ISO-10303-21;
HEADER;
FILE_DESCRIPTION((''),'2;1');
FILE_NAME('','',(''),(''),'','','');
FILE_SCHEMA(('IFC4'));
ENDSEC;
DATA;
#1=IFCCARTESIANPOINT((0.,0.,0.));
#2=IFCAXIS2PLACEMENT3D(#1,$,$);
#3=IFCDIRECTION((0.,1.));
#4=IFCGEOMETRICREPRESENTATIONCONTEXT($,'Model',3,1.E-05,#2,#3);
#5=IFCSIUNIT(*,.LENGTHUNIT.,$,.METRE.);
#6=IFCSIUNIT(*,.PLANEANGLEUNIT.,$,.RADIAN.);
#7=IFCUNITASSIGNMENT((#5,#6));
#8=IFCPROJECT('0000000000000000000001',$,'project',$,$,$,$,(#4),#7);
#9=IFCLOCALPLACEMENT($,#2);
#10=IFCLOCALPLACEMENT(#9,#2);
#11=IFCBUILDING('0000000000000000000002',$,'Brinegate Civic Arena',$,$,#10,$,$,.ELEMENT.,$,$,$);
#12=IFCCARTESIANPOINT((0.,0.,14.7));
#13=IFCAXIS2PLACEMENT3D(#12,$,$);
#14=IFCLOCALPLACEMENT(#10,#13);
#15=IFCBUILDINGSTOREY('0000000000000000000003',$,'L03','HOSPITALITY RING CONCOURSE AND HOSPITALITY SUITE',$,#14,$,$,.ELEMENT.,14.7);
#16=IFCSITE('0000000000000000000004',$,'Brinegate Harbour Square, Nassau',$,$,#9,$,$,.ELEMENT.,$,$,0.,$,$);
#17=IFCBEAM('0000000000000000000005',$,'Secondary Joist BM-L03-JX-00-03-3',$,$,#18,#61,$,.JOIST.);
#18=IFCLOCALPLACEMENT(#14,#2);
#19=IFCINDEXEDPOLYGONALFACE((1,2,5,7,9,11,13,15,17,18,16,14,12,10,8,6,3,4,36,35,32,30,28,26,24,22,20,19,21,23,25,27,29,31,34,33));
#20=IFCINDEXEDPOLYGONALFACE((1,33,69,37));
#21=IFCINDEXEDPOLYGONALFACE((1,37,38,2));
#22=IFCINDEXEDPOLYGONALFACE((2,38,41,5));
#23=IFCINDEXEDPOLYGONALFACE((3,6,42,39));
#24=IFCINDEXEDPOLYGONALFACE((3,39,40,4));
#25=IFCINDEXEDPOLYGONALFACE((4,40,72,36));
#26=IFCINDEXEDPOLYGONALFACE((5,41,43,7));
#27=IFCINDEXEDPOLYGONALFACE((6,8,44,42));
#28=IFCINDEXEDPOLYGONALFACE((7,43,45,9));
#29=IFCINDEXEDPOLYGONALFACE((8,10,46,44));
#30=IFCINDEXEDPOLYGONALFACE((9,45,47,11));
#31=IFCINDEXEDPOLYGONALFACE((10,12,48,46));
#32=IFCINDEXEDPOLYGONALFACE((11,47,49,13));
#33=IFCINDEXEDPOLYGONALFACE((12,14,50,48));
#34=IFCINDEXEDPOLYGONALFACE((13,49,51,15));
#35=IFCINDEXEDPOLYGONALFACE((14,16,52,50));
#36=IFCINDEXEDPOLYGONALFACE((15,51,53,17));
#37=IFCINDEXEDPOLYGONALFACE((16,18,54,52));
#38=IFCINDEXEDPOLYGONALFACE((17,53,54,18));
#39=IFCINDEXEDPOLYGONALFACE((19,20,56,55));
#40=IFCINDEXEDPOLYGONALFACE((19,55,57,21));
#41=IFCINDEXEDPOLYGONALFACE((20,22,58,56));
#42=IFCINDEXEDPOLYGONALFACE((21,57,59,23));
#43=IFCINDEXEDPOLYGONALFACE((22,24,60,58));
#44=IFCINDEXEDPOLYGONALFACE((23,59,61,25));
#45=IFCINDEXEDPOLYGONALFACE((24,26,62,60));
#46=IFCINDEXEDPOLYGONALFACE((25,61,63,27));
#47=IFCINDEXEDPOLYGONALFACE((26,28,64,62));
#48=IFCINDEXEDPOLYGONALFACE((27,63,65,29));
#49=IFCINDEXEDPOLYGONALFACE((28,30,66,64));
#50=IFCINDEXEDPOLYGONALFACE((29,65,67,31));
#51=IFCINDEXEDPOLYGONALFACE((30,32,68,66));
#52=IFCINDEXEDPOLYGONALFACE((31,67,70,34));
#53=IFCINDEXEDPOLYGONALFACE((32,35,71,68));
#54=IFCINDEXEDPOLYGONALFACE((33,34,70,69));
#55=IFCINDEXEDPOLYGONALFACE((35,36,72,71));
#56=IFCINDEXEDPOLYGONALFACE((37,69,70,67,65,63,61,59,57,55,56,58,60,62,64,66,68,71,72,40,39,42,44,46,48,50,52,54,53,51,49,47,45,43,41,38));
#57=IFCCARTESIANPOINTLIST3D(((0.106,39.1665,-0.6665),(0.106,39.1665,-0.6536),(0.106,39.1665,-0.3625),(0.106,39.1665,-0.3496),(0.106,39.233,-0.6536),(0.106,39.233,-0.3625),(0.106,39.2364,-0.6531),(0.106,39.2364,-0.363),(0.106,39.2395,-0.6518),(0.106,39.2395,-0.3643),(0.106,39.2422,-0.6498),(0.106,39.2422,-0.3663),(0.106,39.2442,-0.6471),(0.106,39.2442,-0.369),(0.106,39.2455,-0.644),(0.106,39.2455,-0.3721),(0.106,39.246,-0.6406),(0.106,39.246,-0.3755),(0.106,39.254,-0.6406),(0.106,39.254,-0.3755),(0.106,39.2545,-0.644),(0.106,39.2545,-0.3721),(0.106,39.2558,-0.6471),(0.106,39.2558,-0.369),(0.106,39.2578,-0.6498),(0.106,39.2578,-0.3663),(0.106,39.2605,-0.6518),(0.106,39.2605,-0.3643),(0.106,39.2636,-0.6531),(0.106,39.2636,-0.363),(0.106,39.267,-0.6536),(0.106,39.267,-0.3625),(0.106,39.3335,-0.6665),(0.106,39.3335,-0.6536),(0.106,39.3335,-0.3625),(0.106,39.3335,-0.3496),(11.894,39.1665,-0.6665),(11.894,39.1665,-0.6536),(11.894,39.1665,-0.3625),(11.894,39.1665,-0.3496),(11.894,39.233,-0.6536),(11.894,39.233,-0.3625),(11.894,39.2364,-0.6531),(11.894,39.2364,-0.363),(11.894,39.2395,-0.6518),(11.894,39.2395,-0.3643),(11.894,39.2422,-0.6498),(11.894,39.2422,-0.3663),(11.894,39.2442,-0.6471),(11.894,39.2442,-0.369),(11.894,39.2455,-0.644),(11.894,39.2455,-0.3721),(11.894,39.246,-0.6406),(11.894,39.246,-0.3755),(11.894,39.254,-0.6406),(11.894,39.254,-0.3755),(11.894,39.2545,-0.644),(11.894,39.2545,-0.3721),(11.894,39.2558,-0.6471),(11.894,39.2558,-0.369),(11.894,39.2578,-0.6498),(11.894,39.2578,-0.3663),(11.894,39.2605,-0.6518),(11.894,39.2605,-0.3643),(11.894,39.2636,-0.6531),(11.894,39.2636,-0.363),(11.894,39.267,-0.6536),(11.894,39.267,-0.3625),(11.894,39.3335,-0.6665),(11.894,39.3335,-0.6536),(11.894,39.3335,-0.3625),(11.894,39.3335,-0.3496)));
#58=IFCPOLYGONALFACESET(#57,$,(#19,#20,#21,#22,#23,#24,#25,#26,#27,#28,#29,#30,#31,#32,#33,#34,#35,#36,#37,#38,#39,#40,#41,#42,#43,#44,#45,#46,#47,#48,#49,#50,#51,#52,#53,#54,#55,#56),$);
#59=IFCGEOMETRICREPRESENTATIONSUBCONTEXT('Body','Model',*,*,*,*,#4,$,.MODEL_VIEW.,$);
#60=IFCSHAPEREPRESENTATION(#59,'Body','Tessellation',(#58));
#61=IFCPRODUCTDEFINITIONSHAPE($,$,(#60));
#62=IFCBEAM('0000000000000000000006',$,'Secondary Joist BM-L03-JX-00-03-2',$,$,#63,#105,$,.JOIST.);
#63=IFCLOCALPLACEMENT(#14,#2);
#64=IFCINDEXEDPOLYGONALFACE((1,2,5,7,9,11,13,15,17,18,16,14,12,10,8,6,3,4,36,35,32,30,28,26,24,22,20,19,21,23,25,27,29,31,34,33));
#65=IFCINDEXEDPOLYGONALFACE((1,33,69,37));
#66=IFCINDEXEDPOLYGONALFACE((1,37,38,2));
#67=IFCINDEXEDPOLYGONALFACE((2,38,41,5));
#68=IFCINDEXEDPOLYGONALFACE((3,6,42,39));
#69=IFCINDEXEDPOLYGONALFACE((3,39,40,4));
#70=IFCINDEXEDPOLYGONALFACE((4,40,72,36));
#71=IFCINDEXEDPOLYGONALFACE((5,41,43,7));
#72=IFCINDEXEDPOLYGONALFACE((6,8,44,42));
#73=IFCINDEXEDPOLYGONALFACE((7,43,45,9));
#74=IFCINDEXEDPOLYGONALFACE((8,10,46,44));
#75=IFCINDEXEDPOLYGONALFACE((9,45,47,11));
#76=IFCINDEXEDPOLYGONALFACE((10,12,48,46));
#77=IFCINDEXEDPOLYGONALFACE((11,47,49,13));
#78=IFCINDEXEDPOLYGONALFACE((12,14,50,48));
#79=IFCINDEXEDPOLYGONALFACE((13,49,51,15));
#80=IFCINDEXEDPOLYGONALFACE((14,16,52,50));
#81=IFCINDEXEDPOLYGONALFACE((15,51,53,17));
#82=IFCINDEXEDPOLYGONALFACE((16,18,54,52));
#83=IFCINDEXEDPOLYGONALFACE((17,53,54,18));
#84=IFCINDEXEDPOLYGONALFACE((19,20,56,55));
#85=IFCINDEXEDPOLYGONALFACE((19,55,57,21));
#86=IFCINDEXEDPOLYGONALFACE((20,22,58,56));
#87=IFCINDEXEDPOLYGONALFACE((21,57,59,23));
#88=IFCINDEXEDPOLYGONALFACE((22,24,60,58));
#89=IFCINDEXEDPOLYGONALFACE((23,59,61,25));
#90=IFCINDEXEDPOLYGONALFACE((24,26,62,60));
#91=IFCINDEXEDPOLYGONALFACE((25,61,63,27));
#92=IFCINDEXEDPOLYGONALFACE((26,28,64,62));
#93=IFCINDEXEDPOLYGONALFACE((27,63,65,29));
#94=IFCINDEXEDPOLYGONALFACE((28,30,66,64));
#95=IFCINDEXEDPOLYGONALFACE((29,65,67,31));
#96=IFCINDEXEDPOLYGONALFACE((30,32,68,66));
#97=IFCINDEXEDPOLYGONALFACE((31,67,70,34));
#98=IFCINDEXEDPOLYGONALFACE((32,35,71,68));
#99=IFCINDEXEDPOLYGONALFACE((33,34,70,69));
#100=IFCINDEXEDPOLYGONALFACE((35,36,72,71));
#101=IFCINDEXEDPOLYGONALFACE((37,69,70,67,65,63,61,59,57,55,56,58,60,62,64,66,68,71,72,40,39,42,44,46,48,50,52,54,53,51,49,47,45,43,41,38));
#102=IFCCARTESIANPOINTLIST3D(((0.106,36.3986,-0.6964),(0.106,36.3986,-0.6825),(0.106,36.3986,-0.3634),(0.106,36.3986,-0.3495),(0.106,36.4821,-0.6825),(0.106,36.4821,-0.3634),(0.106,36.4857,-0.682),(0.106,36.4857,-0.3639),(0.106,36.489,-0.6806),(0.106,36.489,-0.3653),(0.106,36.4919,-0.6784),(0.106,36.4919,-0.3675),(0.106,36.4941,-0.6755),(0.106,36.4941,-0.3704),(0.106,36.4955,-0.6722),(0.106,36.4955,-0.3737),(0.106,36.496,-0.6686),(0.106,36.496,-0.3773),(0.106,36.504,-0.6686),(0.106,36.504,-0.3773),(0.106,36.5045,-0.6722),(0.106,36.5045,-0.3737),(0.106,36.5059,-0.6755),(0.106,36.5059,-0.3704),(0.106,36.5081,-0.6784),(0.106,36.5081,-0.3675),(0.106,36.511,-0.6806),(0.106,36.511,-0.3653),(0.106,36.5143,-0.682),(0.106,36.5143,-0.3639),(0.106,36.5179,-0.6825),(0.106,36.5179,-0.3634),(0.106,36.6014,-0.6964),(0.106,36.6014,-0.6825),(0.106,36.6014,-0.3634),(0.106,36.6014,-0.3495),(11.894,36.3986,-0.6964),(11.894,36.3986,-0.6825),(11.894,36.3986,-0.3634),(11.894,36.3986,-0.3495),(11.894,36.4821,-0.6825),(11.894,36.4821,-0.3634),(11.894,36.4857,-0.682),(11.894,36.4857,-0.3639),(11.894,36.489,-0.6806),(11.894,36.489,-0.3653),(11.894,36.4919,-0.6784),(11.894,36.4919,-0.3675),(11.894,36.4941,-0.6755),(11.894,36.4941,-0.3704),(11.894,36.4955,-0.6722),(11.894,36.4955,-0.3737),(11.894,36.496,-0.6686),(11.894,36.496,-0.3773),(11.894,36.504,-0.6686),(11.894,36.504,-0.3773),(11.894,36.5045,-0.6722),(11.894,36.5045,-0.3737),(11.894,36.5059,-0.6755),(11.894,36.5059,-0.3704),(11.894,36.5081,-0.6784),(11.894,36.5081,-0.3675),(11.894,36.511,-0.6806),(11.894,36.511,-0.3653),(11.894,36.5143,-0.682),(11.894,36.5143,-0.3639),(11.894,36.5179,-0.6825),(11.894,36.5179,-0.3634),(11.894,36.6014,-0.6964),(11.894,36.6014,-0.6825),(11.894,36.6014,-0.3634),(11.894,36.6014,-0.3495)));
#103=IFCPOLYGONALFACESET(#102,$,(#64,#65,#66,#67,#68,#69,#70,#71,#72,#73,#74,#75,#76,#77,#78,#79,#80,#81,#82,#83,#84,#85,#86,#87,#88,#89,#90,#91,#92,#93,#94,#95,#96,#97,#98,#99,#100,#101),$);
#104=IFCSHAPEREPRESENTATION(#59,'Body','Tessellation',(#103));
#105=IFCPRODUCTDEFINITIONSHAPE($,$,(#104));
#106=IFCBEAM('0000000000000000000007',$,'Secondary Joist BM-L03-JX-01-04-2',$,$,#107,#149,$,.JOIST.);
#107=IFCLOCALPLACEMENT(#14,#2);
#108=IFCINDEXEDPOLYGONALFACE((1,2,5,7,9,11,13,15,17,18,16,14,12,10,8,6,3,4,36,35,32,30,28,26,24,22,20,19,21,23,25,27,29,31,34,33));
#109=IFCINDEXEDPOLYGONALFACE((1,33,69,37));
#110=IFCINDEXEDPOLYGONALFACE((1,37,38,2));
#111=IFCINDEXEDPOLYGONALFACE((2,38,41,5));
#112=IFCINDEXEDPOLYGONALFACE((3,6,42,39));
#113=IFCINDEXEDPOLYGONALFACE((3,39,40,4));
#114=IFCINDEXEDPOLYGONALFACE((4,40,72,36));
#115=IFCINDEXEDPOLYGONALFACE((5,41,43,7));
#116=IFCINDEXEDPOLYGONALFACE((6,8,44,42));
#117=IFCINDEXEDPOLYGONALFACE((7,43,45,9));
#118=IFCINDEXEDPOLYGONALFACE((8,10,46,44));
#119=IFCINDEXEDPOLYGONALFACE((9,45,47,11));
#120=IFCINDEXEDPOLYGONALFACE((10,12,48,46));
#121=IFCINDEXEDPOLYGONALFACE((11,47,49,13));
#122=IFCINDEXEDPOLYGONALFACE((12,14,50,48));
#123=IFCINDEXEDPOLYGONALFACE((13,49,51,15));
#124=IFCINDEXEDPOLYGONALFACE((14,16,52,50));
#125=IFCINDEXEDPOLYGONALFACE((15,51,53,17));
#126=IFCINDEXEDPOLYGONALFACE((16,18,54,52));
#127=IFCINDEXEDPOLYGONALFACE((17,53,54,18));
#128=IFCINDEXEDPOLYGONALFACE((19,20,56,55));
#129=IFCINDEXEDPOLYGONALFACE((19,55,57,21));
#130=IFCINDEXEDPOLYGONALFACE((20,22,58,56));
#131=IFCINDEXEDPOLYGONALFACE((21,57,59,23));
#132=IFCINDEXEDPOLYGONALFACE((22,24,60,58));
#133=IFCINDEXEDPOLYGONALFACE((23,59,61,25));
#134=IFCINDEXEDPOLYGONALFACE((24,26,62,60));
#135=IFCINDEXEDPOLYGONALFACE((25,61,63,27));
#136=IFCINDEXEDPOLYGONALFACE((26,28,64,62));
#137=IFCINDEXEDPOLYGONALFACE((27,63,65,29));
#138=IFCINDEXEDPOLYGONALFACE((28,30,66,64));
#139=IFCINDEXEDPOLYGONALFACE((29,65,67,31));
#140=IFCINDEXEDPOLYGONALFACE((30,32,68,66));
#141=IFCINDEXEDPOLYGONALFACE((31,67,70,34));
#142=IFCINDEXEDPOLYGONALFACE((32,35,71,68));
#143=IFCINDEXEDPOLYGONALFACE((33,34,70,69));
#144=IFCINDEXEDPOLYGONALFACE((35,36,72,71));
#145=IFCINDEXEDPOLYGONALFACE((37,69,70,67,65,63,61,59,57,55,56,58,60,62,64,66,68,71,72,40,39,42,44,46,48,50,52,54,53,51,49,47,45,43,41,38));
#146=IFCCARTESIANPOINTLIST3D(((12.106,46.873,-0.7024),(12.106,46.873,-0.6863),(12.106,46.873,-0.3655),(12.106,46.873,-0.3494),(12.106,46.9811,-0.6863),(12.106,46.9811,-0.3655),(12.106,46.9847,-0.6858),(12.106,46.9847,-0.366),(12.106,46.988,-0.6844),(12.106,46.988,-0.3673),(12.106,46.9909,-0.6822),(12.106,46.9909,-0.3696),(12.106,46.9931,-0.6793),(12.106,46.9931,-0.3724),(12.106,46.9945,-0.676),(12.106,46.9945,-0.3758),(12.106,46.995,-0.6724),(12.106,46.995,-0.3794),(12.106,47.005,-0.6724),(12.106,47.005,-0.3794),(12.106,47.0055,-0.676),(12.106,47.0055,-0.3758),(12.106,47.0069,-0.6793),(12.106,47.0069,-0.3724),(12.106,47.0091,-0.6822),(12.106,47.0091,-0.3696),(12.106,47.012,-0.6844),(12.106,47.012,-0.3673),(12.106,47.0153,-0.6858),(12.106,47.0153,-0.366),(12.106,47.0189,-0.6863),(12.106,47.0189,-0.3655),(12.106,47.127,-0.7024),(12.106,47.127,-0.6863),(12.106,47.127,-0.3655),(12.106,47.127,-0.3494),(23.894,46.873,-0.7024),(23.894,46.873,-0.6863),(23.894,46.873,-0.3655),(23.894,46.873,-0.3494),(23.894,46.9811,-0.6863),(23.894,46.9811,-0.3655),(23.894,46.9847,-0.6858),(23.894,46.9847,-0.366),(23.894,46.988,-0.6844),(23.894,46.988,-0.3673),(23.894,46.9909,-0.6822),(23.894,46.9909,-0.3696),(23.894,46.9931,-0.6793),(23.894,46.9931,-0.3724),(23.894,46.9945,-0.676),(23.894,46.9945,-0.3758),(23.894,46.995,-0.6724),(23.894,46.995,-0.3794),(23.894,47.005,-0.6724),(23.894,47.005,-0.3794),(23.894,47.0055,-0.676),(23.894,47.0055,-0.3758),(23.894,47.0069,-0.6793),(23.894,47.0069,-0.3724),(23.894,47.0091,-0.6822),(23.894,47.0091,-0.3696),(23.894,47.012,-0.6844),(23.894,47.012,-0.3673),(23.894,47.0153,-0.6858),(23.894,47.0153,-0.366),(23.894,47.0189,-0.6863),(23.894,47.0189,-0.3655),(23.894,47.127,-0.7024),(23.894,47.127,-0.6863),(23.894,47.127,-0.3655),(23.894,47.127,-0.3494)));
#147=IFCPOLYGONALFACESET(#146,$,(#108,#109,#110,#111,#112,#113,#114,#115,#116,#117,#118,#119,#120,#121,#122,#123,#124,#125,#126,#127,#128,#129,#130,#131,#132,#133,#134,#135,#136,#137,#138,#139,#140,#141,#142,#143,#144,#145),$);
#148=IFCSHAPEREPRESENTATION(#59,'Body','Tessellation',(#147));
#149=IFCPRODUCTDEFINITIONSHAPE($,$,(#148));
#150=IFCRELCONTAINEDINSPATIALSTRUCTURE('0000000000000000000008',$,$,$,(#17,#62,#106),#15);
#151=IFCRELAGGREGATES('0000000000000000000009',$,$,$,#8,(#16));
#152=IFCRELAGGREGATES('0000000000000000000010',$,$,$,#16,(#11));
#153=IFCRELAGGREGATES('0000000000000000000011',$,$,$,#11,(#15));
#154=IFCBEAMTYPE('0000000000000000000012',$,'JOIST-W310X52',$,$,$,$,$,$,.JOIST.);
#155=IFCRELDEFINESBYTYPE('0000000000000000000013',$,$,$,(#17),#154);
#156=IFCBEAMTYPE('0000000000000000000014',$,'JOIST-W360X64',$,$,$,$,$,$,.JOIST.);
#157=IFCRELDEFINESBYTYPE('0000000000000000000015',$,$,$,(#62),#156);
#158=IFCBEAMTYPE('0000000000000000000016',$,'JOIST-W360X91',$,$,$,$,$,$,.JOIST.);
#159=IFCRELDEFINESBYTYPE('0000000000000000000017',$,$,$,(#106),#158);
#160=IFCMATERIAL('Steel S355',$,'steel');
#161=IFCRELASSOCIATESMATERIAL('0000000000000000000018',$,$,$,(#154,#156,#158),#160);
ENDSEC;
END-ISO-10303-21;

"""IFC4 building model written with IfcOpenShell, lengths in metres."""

from ifc_helpers import new_model, si_unit, direction, frame, origin, origin_2d, place, context, subcontext, project, spatial, i_section, extrude, material, material_profile, profile_set, type_object, element, save


model = new_model("IFC4")

# Units and contexts
model_context = context("Model", 3, precision=1e-05, world=origin(), true_north=direction((0.0, 1.0)))
body_context = subcontext(model_context, "Body", "Model", "MODEL_VIEW")
ifc_project = project(units=[si_unit("LENGTHUNIT", "METRE"), si_unit("PLANEANGLEUNIT", "RADIAN")], contexts=[model_context])

# Site, building, storey
site_placement = place(None, origin())
site = spatial("IfcSite", under=ifc_project, at=site_placement, Name="Brinegate Harbour Square, Nassau", CompositionType="ELEMENT", RefElevation=0.0)
building_placement = place(site_placement, origin())
building = spatial("IfcBuilding", under=site, at=building_placement, Name="Brinegate Civic Arena", CompositionType="ELEMENT")
storey_placement = place(building_placement, frame((0.0, 0.0, 14.7)))
storey = spatial("IfcBuildingStorey", under=building, at=storey_placement, Name="L03", Description="HOSPITALITY RING CONCOURSE AND HOSPITALITY SUITE", CompositionType="ELEMENT", Elevation=14.7)

# Beams
ifc_material_1 = material(Name="Steel S355", Category="steel")
ifc_material_profile_1 = material_profile(ifc_material_1, i_section(OverallWidth=0.167, OverallDepth=0.3169, WebThickness=0.0081, FlangeThickness=0.0129, FilletRadius=0.0129, at=origin_2d()), Name="W310X52")
ifc_profile_set_1 = profile_set([ifc_material_profile_1], Name="Steel S355")
beam_type_1 = type_object("IfcBeamType", Name="JOIST-W310X52", PredefinedType="JOIST", material=ifc_profile_set_1)
beam_1_placement = place(storey_placement, frame((0.106, 39.25, -0.5081), z_axis=(1.0, 0.0, 0.0), x_axis=(0.0, 1.0, 0.0)))
element("IfcBeam", 1, at=beam_1_placement, inside=storey, type_object=beam_type_1, Name="Secondary Joist BM-L03-JX-00-03-3", PredefinedType="JOIST", context=body_context, shape_type="SweptSolid", body=[
    extrude(i_section(OverallWidth=0.167, OverallDepth=0.3169, WebThickness=0.0081, FlangeThickness=0.0129, FilletRadius=0.0129, at=origin_2d()), origin(), (0.0, 0.0, 1.0), 11.7881),
])
ifc_material_profile_2 = material_profile(ifc_material_1, i_section(OverallWidth=0.2029, OverallDepth=0.3469, WebThickness=0.0081, FlangeThickness=0.0139, FilletRadius=0.0139, at=origin_2d()), Name="W360X64")
ifc_profile_set_2 = profile_set([ifc_material_profile_2], Name="Steel S355")
beam_type_2 = type_object("IfcBeamType", Name="JOIST-W360X64", PredefinedType="JOIST", material=ifc_profile_set_2)
beam_2_placement = place(storey_placement, frame((0.106, 36.5, -0.5229), z_axis=(1.0, 0.0, 0.0), x_axis=(0.0, 1.0, 0.0)))
element("IfcBeam", 2, at=beam_2_placement, inside=storey, type_object=beam_type_2, Name="Secondary Joist BM-L03-JX-00-03-2", PredefinedType="JOIST", context=body_context, shape_type="SweptSolid", body=[
    extrude(i_section(OverallWidth=0.2029, OverallDepth=0.3469, WebThickness=0.0081, FlangeThickness=0.0139, FilletRadius=0.0139, at=origin_2d()), origin(), (0.0, 0.0, 1.0), 11.7881),
])
ifc_material_profile_3 = material_profile(ifc_material_1, i_section(OverallWidth=0.2539, OverallDepth=0.353, WebThickness=0.01, FlangeThickness=0.0161, FilletRadius=0.0139, at=origin_2d()), Name="W360X91")
ifc_profile_set_3 = profile_set([ifc_material_profile_3], Name="Steel S355")
beam_type_3 = type_object("IfcBeamType", Name="JOIST-W360X91", PredefinedType="JOIST", material=ifc_profile_set_3)
beam_3_placement = place(storey_placement, frame((12.106, 47.0, -0.5259), z_axis=(1.0, 0.0, 0.0), x_axis=(0.0, 1.0, 0.0)))
element("IfcBeam", 3, at=beam_3_placement, inside=storey, type_object=beam_type_3, Name="Secondary Joist BM-L03-JX-01-04-2", PredefinedType="JOIST", context=body_context, shape_type="SweptSolid", body=[
    extrude(i_section(OverallWidth=0.2539, OverallDepth=0.353, WebThickness=0.01, FlangeThickness=0.0161, FilletRadius=0.0139, at=origin_2d()), origin(), (0.0, 0.0, 1.0), 11.7881),
])

save(model, "model.ifc")
